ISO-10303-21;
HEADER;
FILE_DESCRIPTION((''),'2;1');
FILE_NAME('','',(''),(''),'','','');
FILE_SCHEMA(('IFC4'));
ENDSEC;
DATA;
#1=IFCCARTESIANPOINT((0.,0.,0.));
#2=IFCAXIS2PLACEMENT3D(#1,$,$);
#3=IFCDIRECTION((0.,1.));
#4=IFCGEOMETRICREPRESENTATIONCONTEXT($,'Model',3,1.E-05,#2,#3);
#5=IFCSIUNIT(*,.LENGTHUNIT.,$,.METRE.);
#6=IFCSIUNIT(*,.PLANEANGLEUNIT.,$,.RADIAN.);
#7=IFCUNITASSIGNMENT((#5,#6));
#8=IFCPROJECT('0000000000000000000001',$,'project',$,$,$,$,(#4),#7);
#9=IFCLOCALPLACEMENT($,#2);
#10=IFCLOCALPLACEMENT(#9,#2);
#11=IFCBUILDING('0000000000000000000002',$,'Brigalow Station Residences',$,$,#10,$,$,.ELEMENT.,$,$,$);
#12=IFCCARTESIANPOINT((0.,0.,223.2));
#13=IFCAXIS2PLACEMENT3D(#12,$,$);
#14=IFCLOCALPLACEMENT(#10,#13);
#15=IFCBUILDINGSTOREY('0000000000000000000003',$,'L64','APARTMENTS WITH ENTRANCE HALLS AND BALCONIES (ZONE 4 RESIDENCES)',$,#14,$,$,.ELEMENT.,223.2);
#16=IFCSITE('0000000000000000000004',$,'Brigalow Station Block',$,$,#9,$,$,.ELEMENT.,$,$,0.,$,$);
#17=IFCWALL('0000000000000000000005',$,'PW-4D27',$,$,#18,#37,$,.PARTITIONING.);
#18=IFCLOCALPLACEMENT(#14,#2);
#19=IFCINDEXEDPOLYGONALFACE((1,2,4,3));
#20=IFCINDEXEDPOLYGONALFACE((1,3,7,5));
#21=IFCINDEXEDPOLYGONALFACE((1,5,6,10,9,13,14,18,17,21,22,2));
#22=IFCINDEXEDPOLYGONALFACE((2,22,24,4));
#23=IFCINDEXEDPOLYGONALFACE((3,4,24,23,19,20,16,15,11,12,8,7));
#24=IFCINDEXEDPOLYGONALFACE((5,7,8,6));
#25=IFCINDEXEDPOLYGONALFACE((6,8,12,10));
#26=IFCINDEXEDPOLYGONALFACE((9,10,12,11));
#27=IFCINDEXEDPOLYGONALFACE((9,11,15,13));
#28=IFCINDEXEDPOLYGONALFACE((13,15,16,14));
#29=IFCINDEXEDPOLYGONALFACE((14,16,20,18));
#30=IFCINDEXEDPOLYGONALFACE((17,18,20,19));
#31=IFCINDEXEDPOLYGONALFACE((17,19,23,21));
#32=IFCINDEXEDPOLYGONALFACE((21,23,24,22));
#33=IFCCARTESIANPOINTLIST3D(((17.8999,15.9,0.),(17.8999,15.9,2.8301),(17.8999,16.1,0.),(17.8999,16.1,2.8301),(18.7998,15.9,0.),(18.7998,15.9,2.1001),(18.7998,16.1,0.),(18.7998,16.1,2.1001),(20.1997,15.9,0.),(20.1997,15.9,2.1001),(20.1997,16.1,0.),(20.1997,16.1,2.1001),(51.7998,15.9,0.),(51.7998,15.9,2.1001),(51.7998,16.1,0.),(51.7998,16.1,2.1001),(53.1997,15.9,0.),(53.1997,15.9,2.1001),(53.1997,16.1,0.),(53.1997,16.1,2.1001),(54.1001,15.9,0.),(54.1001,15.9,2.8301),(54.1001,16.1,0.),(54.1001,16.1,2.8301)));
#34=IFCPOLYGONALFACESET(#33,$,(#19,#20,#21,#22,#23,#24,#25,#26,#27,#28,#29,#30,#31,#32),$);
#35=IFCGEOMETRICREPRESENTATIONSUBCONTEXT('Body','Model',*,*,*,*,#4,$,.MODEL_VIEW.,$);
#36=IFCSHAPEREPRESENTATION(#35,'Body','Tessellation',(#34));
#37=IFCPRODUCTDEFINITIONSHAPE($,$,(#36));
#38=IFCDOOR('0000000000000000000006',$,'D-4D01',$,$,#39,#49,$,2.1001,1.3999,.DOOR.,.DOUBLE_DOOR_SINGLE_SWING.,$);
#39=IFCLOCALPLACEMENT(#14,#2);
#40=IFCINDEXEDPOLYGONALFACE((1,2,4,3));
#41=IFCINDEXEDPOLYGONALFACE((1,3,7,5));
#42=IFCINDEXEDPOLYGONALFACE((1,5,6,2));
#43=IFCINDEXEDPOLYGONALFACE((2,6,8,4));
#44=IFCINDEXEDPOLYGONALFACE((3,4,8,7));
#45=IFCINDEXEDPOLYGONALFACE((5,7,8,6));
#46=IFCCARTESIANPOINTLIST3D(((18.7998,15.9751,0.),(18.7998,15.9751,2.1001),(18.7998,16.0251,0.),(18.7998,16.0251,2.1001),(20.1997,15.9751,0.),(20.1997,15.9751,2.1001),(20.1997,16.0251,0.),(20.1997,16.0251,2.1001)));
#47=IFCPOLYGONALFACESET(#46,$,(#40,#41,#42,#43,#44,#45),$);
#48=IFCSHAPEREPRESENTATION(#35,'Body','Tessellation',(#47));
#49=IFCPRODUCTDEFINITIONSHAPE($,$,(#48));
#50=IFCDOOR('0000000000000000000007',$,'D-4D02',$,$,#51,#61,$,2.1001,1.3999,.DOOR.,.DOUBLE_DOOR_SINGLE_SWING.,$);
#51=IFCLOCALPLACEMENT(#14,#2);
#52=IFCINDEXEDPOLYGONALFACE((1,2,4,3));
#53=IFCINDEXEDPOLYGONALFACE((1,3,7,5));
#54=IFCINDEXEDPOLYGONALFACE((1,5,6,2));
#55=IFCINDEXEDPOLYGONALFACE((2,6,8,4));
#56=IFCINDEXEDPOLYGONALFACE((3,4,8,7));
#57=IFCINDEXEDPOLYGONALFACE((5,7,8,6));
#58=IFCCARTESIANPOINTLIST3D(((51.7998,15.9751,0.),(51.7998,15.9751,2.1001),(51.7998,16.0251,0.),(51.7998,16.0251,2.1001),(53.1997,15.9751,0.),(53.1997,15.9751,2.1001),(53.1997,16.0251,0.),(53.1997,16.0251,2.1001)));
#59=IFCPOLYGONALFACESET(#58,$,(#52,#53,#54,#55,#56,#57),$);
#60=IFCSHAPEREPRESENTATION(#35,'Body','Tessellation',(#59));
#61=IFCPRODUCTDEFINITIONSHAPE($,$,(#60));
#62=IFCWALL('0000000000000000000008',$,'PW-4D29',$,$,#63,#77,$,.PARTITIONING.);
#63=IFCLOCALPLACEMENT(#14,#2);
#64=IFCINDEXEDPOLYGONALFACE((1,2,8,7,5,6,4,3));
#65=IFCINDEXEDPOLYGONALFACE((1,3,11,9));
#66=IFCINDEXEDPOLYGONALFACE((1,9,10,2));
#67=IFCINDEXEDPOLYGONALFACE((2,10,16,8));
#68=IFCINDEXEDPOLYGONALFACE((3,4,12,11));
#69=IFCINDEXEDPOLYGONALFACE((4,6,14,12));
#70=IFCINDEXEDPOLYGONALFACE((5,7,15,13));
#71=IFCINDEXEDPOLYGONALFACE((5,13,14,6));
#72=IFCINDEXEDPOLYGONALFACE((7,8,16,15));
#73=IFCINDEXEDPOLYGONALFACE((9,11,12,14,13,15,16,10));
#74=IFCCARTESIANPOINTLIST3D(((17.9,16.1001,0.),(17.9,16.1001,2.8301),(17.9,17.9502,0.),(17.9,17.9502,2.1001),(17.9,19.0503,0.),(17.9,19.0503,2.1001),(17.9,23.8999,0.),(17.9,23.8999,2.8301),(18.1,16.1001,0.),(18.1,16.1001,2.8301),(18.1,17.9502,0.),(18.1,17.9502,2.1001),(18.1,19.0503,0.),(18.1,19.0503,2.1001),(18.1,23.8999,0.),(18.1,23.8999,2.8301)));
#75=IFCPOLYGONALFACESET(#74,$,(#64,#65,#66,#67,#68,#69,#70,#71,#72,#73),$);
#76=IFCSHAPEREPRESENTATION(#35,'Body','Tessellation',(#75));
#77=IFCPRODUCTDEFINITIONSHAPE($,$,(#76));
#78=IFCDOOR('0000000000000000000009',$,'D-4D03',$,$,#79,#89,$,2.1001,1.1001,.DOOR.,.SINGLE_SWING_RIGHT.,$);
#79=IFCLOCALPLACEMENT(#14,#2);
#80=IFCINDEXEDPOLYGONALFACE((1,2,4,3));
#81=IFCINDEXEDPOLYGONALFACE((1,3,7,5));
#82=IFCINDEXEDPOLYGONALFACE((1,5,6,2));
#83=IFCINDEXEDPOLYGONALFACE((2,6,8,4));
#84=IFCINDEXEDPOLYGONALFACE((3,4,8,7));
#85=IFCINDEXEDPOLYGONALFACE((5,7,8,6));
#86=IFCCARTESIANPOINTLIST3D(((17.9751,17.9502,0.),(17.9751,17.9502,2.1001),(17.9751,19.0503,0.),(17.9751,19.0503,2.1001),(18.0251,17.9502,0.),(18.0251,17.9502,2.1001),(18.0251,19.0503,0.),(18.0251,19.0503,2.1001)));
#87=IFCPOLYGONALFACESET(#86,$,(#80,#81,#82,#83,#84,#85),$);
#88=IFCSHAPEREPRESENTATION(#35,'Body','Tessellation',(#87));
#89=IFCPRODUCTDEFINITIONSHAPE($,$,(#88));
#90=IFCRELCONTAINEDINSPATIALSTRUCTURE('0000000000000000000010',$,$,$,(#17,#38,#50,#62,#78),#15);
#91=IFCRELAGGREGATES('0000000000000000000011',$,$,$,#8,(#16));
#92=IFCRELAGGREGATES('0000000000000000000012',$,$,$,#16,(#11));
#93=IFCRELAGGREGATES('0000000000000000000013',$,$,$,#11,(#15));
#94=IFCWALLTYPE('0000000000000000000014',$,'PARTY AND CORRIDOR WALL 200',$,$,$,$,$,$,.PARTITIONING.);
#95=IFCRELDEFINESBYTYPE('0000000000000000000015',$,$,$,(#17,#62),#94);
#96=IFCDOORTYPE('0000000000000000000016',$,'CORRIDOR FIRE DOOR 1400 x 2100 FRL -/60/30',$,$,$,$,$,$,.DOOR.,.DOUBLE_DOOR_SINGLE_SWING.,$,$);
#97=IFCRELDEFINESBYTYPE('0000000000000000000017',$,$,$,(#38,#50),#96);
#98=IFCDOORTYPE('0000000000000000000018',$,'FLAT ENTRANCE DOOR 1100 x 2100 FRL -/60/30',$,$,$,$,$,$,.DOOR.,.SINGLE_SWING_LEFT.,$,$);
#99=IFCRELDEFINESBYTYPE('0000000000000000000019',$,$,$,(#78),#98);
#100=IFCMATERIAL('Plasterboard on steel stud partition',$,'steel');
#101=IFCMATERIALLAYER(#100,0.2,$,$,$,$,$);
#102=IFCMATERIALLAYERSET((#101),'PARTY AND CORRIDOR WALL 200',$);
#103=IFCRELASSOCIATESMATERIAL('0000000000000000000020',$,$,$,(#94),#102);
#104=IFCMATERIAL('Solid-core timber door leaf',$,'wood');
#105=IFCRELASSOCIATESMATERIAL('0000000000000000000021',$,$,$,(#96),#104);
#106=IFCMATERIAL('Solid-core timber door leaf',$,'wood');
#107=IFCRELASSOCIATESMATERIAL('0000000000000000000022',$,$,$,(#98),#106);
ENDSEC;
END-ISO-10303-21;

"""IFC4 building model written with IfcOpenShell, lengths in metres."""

from ifc_helpers import new_model, si_unit, direction, frame, frame_2d, origin, place, context, subcontext, project, spatial, rectangle, extrude, material, layer, layer_set, type_object, element, fill, save


model = new_model("IFC4")

# Units and contexts
model_context = context("Model", 3, precision=1e-05, world=origin(), true_north=direction((0.0, 1.0)))
body_context = subcontext(model_context, "Body", "Model", "MODEL_VIEW")
ifc_project = project(units=[si_unit("LENGTHUNIT", "METRE"), si_unit("PLANEANGLEUNIT", "RADIAN")], contexts=[model_context])

# Site, building, storey
site_placement = place(None, origin())
site = spatial("IfcSite", under=ifc_project, at=site_placement, Name="Brigalow Station Block", CompositionType="ELEMENT", RefElevation=0.0)
building_placement = place(site_placement, origin())
building = spatial("IfcBuilding", under=site, at=building_placement, Name="Brigalow Station Residences", CompositionType="ELEMENT")
storey_placement = place(building_placement, frame((0.0, 0.0, 223.2)))
storey = spatial("IfcBuildingStorey", under=building, at=storey_placement, Name="L64", Description="APARTMENTS WITH ENTRANCE HALLS AND BALCONIES (ZONE 4 RESIDENCES)", CompositionType="ELEMENT", Elevation=223.2)

# Wall, openings, doors
ifc_material_1 = material(Name="Plasterboard on steel stud partition", Category="steel")
ifc_layer_1 = layer(ifc_material_1, 0.2)
ifc_layer_set_1 = layer_set([ifc_layer_1], Name="PARTY AND CORRIDOR WALL 200")
wall_type_1 = type_object("IfcWallType", Name="PARTY AND CORRIDOR WALL 200", PredefinedType="PARTITIONING", material=ifc_layer_set_1)
wall_1_placement = place(storey_placement, frame((17.8999, 16.0, 0.0), z_axis=(0.0, 0.0, 1.0), x_axis=(1.0, 0.0, 0.0)))
wall_1 = element("IfcWall", 1, at=wall_1_placement, inside=storey, type_object=wall_type_1, Name="PW-4D27", PredefinedType="PARTITIONING", context=body_context, shape_type="SweptSolid", body=[
    extrude(rectangle(XDim=36.2002, YDim=0.2, at=frame_2d((18.1001, 0.0))), origin(), (0.0, 0.0, 1.0), 2.8301),
])
opening_1_placement = place(wall_1_placement, frame((0.8999, 0.0, 0.0)))
opening_1 = element("IfcOpeningElement", 2, at=opening_1_placement, cuts=wall_1, PredefinedType="OPENING", context=body_context, shape_type="SweptSolid", body=[
    extrude(rectangle(XDim=1.3999, YDim=2.1001, at=frame_2d((0.7, 1.05))), frame((0.0, 0.1099, 0.0), z_axis=(0.0, -1.0, 0.0), x_axis=(1.0, 0.0, 0.0)), (0.0, 0.0, 1.0), 0.22),
])
opening_2_placement = place(wall_1_placement, frame((33.8999, 0.0, 0.0)))
opening_2 = element("IfcOpeningElement", 3, at=opening_2_placement, cuts=wall_1, PredefinedType="OPENING", context=body_context, shape_type="SweptSolid", body=[
    extrude(rectangle(XDim=1.3999, YDim=2.1001, at=frame_2d((0.7, 1.05))), frame((0.0, 0.1099, 0.0), z_axis=(0.0, -1.0, 0.0), x_axis=(1.0, 0.0, 0.0)), (0.0, 0.0, 1.0), 0.22),
])
ifc_material_2 = material(Name="Solid-core timber door leaf", Category="wood")
door_type_1 = type_object("IfcDoorType", Name="CORRIDOR FIRE DOOR 1400 x 2100 FRL -/60/30", OperationType="DOUBLE_DOOR_SINGLE_SWING", PredefinedType="DOOR", material=ifc_material_2)
door_1_placement = place(opening_1_placement, frame((1.3999, 0.0, 0.0), z_axis=(0.0, 0.0, 1.0), x_axis=(-1.0, 0.0, 0.0)))
door_1 = element("IfcDoor", 4, at=door_1_placement, inside=storey, type_object=door_type_1, Name="D-4D01", OperationType="DOUBLE_DOOR_SINGLE_SWING", OverallHeight=2.1001, OverallWidth=1.3999, PredefinedType="DOOR", context=body_context, shape_type="SweptSolid", body=[
    extrude(rectangle(XDim=1.3999, YDim=2.1001, at=frame_2d((0.7, 1.05))), frame((0.0, 0.0249, 0.0), z_axis=(0.0, -1.0, 0.0), x_axis=(1.0, 0.0, 0.0)), (0.0, 0.0, 1.0), 0.05),
])
fill(opening_1, door_1)
door_2_placement = place(opening_2_placement, frame((1.3999, 0.0, 0.0), z_axis=(0.0, 0.0, 1.0), x_axis=(-1.0, 0.0, 0.0)))
door_2 = element("IfcDoor", 5, at=door_2_placement, inside=storey, type_object=door_type_1, Name="D-4D02", OperationType="DOUBLE_DOOR_SINGLE_SWING", OverallHeight=2.1001, OverallWidth=1.3999, PredefinedType="DOOR", context=body_context, shape_type="SweptSolid", body=[
    extrude(rectangle(XDim=1.3999, YDim=2.1001, at=frame_2d((0.7, 1.05))), frame((0.0, 0.0249, 0.0), z_axis=(0.0, -1.0, 0.0), x_axis=(1.0, 0.0, 0.0)), (0.0, 0.0, 1.0), 0.05),
])
fill(opening_2, door_2)

# Wall, opening, door
wall_2_placement = place(storey_placement, frame((18.0, 16.1001, 0.0), z_axis=(0.0, 0.0, 1.0), x_axis=(0.0, 1.0, 0.0)))
wall_2 = element("IfcWall", 6, at=wall_2_placement, inside=storey, type_object=wall_type_1, Name="PW-4D29", PredefinedType="PARTITIONING", context=body_context, shape_type="SweptSolid", body=[
    extrude(rectangle(XDim=7.7998, YDim=0.2, at=frame_2d((3.8999, 0.0))), origin(), (0.0, 0.0, 1.0), 2.8301),
])
opening_3_placement = place(wall_2_placement, frame((1.8501, 0.0, 0.0)))
opening_3 = element("IfcOpeningElement", 7, at=opening_3_placement, cuts=wall_2, PredefinedType="OPENING", context=body_context, shape_type="SweptSolid", body=[
    extrude(rectangle(XDim=1.1001, YDim=2.1001, at=frame_2d((0.55, 1.05))), frame((0.0, 0.1099, 0.0), z_axis=(0.0, -1.0, 0.0), x_axis=(1.0, 0.0, 0.0)), (0.0, 0.0, 1.0), 0.22),
])
ifc_material_3 = material(Name="Solid-core timber door leaf", Category="wood")
door_type_2 = type_object("IfcDoorType", Name="FLAT ENTRANCE DOOR 1100 x 2100 FRL -/60/30", OperationType="SINGLE_SWING_LEFT", PredefinedType="DOOR", material=ifc_material_3)
door_3_placement = place(opening_3_placement, origin())
door_3 = element("IfcDoor", 8, at=door_3_placement, inside=storey, type_object=door_type_2, Name="D-4D03", OperationType="SINGLE_SWING_RIGHT", OverallHeight=2.1001, OverallWidth=1.1001, PredefinedType="DOOR", context=body_context, shape_type="SweptSolid", body=[
    extrude(rectangle(XDim=1.1001, YDim=2.1001, at=frame_2d((0.55, 1.05))), frame((0.0, 0.0249, 0.0), z_axis=(0.0, -1.0, 0.0), x_axis=(1.0, 0.0, 0.0)), (0.0, 0.0, 1.0), 0.05),
])
fill(opening_3, door_3)

save(model, "model.ifc")
